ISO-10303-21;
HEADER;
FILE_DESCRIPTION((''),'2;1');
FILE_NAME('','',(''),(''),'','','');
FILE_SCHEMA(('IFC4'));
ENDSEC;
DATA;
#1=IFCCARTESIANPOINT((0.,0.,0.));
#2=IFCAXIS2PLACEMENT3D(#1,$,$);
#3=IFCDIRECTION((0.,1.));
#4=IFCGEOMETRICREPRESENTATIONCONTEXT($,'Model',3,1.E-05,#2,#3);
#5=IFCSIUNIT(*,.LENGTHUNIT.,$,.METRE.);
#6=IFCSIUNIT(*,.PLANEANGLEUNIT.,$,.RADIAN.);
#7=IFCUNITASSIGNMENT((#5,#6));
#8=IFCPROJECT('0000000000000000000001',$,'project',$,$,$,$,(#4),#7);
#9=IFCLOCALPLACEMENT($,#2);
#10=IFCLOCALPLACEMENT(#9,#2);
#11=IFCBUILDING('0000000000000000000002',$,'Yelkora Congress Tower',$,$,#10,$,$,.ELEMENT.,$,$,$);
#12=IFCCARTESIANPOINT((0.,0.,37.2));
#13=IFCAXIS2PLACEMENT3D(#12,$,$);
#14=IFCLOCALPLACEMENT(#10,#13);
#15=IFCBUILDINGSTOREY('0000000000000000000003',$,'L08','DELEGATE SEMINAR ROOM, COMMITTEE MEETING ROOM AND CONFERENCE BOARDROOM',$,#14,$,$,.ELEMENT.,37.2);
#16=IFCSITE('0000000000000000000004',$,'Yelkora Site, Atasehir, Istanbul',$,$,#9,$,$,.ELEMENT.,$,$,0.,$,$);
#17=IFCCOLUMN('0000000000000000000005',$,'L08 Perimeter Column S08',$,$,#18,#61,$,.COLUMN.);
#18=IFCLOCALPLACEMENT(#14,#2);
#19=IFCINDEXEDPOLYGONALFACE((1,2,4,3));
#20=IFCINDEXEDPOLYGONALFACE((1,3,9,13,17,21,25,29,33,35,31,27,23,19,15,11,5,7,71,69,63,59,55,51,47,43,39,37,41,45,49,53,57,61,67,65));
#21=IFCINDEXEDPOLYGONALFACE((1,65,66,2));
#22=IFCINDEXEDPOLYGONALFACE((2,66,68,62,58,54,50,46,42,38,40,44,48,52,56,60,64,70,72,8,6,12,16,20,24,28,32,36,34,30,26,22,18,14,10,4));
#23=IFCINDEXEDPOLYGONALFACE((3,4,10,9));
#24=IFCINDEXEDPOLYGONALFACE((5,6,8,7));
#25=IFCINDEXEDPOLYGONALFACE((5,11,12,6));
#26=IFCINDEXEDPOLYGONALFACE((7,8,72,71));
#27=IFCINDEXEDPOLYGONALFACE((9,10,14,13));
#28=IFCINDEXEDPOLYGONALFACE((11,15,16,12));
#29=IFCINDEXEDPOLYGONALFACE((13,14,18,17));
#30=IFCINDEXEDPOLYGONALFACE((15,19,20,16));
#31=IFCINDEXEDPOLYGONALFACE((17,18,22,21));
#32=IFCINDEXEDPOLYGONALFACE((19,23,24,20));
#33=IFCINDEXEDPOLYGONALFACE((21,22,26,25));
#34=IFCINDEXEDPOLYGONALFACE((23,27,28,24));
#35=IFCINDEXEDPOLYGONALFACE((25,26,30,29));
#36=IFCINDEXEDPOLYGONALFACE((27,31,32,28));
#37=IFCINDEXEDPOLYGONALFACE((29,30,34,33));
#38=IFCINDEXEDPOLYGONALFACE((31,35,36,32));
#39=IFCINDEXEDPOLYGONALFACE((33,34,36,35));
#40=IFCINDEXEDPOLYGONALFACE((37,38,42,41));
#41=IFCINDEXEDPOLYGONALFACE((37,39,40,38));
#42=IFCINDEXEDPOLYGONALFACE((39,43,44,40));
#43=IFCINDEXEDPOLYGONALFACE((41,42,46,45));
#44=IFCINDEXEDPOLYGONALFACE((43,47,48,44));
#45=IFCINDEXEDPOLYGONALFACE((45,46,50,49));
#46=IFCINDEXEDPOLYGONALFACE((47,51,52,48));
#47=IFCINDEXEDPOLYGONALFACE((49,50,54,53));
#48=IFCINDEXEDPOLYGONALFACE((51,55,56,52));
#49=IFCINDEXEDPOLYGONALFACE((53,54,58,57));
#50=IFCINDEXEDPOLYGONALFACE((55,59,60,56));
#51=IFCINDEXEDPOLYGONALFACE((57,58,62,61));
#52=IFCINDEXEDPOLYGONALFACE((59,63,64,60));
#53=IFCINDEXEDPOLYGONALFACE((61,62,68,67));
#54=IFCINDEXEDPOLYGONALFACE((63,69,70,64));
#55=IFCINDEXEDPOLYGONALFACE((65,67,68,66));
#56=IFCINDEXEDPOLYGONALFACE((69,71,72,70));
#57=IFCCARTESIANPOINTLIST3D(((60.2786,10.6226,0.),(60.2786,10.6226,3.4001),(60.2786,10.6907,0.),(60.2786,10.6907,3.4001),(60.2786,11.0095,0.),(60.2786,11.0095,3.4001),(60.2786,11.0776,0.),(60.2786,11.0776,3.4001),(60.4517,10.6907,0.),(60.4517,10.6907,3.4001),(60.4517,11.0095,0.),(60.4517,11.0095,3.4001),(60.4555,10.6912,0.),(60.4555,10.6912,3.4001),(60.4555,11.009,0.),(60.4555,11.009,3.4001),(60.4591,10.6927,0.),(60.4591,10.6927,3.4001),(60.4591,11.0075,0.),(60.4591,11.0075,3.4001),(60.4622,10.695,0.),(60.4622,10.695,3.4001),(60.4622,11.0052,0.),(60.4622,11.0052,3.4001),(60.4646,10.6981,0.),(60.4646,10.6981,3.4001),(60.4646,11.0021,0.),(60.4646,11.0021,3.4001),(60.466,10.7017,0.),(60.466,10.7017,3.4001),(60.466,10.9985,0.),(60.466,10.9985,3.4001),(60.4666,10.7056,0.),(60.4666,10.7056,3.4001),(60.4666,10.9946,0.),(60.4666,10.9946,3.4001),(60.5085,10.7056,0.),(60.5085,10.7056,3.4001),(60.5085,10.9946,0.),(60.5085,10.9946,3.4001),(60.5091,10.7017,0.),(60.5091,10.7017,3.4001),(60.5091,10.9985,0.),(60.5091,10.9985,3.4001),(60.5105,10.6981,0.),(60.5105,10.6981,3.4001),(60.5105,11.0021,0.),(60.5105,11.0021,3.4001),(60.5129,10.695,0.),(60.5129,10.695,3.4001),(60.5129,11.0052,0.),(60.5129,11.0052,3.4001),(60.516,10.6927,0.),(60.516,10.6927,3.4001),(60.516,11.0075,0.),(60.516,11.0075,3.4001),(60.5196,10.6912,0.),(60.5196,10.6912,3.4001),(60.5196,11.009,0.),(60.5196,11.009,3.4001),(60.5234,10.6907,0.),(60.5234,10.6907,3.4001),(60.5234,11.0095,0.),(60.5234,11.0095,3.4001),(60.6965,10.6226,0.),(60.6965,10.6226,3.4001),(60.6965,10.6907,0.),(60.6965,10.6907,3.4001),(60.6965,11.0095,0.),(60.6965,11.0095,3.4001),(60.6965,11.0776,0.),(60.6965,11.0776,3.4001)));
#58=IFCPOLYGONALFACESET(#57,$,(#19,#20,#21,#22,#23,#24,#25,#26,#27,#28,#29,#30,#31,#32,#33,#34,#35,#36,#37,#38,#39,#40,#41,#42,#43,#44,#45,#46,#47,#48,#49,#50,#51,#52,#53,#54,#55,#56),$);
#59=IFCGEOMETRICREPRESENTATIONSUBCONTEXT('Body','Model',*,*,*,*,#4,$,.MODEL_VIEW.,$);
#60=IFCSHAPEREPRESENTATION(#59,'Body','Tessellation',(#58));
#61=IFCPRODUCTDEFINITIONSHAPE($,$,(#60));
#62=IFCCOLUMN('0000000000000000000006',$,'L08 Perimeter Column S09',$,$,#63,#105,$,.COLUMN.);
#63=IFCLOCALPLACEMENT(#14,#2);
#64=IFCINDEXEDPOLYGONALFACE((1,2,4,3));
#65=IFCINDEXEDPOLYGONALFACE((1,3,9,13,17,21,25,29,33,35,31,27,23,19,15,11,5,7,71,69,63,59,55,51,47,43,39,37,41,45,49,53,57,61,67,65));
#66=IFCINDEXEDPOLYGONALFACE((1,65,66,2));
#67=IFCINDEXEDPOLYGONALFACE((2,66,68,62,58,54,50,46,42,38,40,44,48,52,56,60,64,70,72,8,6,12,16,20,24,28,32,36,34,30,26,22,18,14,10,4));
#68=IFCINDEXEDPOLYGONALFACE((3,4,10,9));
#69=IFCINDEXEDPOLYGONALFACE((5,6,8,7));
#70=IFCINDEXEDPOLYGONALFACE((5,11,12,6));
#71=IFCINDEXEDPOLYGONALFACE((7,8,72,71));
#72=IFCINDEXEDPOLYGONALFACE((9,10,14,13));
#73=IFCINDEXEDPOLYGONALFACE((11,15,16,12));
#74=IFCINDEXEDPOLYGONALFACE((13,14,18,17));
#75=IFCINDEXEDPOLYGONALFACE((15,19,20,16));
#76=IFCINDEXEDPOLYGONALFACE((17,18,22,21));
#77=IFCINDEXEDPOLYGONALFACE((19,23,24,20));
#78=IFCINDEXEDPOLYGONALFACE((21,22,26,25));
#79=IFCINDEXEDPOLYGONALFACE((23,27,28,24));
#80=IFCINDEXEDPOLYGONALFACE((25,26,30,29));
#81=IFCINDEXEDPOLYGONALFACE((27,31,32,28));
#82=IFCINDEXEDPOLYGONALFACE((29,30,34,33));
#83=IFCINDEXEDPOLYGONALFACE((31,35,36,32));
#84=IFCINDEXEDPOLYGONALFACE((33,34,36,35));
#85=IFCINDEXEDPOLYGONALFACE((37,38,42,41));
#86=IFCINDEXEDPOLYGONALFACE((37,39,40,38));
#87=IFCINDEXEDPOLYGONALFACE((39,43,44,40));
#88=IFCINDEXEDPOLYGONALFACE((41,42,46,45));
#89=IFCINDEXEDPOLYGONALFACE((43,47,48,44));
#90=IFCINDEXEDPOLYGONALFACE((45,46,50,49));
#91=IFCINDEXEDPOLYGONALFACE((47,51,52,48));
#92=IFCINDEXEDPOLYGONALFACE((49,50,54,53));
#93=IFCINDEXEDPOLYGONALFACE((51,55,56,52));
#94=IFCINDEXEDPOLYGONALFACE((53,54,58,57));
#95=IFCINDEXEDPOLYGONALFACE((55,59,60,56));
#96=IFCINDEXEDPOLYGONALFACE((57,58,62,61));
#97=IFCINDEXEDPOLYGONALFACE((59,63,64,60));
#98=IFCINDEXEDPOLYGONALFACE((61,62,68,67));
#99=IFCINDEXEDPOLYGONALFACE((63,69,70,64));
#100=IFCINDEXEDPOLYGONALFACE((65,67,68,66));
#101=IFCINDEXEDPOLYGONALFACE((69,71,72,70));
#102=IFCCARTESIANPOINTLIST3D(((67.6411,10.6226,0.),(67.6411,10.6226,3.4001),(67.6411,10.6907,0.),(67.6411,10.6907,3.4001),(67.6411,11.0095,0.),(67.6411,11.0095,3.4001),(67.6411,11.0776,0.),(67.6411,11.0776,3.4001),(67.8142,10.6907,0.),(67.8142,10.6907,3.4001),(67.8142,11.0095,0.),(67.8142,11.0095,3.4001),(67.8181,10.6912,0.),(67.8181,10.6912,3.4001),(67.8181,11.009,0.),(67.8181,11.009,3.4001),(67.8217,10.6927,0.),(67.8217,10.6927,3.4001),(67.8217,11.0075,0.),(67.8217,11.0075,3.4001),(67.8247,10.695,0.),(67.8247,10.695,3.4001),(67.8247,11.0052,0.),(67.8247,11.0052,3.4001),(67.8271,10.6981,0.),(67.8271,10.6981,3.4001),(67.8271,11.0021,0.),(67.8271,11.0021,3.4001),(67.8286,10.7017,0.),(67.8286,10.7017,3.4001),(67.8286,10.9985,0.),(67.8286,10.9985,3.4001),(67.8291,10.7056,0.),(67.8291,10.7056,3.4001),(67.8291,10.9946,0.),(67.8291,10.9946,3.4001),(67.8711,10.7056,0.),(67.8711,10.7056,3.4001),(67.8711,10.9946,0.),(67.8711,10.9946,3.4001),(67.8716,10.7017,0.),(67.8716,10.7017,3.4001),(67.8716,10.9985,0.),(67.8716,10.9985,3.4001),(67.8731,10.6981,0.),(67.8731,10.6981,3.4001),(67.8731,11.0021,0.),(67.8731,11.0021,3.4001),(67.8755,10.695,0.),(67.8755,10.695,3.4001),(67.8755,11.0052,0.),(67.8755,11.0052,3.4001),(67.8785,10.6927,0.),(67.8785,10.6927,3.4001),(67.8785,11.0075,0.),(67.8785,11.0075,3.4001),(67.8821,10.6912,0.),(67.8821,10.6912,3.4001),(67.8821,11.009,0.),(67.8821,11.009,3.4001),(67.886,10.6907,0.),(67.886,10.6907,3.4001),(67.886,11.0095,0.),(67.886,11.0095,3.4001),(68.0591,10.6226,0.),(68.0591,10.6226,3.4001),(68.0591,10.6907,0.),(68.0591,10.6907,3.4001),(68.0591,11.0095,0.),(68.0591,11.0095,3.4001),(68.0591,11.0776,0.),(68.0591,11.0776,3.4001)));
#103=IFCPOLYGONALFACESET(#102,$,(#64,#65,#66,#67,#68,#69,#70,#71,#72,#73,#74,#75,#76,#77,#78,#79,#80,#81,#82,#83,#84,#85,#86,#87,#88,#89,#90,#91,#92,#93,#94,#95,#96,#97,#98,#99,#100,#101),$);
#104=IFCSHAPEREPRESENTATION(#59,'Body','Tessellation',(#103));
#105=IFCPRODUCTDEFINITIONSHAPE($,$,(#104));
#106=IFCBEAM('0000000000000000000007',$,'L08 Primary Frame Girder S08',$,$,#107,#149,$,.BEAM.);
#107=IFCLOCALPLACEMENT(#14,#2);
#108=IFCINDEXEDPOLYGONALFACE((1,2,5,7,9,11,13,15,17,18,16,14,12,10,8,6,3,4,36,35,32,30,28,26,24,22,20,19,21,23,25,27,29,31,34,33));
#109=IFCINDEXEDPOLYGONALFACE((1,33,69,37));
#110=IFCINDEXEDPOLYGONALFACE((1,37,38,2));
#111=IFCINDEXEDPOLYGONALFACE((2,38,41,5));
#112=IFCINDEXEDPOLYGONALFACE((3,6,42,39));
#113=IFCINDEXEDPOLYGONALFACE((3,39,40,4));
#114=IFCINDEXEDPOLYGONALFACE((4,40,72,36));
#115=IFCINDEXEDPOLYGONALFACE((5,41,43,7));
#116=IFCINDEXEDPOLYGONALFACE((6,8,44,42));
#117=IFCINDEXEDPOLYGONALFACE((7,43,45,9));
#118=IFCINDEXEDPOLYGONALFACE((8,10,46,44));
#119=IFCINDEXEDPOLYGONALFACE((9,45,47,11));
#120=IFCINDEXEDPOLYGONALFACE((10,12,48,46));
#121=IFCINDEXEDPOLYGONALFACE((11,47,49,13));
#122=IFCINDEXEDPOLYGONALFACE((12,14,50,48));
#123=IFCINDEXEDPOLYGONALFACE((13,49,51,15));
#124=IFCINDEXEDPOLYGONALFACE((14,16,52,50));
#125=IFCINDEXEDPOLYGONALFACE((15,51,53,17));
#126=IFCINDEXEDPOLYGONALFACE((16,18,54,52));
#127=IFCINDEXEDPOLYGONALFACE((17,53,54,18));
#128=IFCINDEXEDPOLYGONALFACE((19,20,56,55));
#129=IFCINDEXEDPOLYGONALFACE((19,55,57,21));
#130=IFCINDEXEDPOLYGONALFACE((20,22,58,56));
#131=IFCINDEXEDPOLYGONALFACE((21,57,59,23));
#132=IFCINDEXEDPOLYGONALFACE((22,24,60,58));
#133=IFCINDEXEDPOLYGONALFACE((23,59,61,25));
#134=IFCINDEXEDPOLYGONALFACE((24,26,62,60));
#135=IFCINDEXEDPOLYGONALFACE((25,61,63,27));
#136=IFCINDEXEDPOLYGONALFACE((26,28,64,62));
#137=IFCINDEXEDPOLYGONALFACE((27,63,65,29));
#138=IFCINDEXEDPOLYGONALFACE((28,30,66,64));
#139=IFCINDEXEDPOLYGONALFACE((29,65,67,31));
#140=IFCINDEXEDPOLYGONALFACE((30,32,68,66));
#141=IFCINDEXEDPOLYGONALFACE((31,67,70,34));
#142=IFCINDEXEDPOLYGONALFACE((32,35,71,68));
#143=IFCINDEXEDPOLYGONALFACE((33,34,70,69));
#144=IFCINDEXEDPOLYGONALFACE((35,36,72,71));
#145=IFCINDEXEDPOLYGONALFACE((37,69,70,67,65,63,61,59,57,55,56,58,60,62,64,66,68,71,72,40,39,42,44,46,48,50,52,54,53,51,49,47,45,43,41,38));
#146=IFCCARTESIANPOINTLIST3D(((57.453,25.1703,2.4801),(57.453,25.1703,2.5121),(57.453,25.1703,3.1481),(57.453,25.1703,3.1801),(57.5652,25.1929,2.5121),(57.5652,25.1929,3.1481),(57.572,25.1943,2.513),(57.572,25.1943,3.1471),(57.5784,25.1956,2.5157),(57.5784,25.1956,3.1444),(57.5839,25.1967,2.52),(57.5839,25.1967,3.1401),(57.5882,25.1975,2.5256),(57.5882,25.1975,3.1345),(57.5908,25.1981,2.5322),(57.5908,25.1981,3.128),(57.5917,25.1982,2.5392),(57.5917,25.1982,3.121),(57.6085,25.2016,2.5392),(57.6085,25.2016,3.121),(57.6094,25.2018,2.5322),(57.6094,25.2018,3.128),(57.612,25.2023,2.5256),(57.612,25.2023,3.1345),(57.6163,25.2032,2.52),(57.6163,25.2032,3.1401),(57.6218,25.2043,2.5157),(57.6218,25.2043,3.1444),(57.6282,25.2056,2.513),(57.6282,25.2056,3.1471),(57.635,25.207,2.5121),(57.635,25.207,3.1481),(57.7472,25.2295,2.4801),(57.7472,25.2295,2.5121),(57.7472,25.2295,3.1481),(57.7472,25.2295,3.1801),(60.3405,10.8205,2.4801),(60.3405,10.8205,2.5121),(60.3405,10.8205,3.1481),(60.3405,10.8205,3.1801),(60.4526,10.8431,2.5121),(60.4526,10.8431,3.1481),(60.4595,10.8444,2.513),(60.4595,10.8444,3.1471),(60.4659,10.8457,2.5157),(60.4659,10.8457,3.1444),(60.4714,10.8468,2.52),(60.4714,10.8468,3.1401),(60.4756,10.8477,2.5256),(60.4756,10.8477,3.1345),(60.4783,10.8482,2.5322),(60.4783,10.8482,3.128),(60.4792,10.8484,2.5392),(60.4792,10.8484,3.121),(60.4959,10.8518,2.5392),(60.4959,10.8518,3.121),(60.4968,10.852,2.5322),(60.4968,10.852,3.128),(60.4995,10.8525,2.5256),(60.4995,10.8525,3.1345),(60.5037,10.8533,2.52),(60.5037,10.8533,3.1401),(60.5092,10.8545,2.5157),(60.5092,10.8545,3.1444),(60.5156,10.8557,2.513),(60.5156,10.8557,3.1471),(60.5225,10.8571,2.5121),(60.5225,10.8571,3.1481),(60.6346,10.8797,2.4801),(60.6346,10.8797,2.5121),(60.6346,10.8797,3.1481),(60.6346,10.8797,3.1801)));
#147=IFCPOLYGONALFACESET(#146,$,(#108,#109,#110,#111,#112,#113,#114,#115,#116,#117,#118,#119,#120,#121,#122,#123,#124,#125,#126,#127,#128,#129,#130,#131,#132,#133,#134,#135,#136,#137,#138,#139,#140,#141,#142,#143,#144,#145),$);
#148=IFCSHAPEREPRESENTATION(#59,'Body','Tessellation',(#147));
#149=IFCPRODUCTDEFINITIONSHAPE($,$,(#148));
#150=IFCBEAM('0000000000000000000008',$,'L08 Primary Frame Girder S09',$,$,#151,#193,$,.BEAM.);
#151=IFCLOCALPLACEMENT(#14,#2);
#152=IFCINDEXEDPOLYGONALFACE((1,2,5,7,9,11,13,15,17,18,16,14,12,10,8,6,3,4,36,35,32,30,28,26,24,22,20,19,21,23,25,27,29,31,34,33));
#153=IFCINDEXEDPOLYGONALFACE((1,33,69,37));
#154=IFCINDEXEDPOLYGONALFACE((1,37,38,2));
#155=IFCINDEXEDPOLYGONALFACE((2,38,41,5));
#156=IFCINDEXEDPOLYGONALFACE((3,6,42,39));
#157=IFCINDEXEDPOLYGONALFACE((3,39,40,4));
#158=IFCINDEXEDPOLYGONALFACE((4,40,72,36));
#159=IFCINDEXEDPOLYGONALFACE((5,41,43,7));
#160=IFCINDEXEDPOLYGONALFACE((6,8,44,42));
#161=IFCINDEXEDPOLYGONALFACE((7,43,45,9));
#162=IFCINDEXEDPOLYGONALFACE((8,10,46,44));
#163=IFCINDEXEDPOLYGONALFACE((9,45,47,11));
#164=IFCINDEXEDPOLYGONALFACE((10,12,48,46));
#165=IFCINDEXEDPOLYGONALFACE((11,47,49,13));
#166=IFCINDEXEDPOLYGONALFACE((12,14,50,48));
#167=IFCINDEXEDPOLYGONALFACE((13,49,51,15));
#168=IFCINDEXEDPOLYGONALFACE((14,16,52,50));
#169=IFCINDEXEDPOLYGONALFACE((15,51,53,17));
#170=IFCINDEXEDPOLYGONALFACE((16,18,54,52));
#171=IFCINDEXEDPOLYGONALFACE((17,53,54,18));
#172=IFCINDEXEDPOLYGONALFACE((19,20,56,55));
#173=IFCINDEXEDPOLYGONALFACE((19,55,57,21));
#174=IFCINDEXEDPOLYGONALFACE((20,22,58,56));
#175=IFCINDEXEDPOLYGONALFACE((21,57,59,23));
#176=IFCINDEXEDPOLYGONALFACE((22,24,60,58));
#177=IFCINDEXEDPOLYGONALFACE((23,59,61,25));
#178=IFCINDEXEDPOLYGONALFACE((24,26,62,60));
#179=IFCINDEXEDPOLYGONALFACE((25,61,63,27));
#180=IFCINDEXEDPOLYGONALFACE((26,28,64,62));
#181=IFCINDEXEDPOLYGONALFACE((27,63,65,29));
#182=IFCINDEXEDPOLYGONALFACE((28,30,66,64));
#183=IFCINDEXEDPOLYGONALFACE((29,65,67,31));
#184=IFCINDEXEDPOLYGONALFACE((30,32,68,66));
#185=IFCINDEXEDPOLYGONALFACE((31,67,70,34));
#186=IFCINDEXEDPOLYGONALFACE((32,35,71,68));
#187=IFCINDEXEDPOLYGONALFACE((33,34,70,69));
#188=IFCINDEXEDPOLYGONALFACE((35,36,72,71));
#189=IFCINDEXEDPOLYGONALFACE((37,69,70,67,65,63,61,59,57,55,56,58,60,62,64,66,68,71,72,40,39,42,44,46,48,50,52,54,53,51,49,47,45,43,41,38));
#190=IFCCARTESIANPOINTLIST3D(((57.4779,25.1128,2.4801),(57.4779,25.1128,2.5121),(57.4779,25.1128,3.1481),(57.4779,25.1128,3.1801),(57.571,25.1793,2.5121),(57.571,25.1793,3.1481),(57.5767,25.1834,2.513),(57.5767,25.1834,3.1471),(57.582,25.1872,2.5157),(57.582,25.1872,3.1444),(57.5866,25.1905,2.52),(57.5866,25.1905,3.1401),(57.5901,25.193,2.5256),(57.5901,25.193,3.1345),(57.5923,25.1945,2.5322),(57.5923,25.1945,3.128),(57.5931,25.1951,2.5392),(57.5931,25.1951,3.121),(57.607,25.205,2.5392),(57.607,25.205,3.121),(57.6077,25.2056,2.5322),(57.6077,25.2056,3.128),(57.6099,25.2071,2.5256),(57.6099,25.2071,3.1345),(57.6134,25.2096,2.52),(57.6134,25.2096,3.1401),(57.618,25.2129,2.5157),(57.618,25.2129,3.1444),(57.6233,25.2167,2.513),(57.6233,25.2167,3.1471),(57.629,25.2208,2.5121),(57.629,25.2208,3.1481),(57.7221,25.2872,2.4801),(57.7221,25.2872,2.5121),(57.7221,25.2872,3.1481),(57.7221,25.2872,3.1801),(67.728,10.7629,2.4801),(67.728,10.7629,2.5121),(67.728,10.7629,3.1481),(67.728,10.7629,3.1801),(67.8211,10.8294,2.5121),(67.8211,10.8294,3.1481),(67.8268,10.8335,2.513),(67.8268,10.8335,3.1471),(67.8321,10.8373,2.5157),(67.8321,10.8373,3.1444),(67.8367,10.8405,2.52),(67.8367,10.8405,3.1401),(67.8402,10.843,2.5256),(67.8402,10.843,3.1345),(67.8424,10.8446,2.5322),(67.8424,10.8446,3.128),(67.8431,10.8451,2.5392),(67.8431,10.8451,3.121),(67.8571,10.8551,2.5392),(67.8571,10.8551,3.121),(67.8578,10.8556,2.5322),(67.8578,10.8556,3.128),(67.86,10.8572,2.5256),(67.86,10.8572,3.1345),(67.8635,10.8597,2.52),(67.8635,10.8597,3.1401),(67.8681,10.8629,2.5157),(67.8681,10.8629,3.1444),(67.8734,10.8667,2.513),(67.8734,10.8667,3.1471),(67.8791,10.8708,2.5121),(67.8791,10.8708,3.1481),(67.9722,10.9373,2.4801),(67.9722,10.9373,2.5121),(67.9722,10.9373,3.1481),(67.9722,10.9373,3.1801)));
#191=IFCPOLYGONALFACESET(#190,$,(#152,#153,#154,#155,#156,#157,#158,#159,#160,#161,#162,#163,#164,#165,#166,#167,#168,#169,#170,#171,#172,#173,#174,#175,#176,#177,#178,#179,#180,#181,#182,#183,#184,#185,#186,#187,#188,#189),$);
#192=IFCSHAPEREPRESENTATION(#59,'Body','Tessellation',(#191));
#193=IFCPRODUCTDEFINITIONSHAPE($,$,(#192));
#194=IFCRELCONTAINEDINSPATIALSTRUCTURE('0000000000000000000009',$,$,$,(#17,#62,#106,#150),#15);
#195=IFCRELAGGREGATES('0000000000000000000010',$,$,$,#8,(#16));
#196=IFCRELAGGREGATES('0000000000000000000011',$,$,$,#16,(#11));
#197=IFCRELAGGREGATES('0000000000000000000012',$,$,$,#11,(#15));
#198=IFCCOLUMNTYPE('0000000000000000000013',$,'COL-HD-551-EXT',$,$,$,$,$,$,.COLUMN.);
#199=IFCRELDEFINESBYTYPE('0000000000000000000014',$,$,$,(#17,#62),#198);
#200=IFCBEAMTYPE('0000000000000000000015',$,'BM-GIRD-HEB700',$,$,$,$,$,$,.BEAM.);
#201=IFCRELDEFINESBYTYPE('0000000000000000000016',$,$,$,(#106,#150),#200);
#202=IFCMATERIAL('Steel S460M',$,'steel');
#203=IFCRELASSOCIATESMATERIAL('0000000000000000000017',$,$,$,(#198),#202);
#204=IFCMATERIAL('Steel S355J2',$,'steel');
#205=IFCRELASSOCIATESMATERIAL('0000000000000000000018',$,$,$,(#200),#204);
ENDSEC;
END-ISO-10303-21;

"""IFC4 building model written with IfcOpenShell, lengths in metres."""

from ifc_helpers import new_model, si_unit, direction, frame, origin, origin_2d, place, context, subcontext, project, spatial, i_section, extrude, material, material_profile, profile_set, type_object, element, save


model = new_model("IFC4")

# Units and contexts
model_context = context("Model", 3, precision=1e-05, world=origin(), true_north=direction((0.0, 1.0)))
body_context = subcontext(model_context, "Body", "Model", "MODEL_VIEW")
ifc_project = project(units=[si_unit("LENGTHUNIT", "METRE"), si_unit("PLANEANGLEUNIT", "RADIAN")], contexts=[model_context])

# Site, building, storey
site_placement = place(None, origin())
site = spatial("IfcSite", under=ifc_project, at=site_placement, Name="Yelkora Site, Atasehir, Istanbul", CompositionType="ELEMENT", RefElevation=0.0)
building_placement = place(site_placement, origin())
building = spatial("IfcBuilding", under=site, at=building_placement, Name="Yelkora Congress Tower", CompositionType="ELEMENT")
storey_placement = place(building_placement, frame((0.0, 0.0, 37.2)))
storey = spatial("IfcBuildingStorey", under=building, at=storey_placement, Name="L08", Description="DELEGATE SEMINAR ROOM, COMMITTEE MEETING ROOM AND CONFERENCE BOARDROOM", CompositionType="ELEMENT", Elevation=37.2)

# Columns
ifc_material_1 = material(Name="Steel S460M", Category="steel")
ifc_material_profile_1 = material_profile(ifc_material_1, i_section(OverallWidth=0.418, OverallDepth=0.4551, WebThickness=0.042, FlangeThickness=0.0681, FilletRadius=0.0149, at=origin_2d()), Name="HD 400x551")
ifc_profile_set_1 = profile_set([ifc_material_profile_1], Name="Steel S460M")
column_type = type_object("IfcColumnType", Name="COL-HD-551-EXT", PredefinedType="COLUMN", material=ifc_profile_set_1)
for number, where, z_axis, x_axis, name in (
    (1, (60.4875, 10.8501, 0.0), (0.0, 0.0, 1.0), (1.0, 0.0, 0.0), "L08 Perimeter Column S08"),
    (2, (67.8501, 10.8501, 0.0), (0.0, 0.0, 1.0), (1.0, 0.0, 0.0), "L08 Perimeter Column S09"),
):
    element("IfcColumn", number, at=place(storey_placement, frame(where, z_axis=z_axis, x_axis=x_axis)), inside=storey, type_object=column_type, Name=name, PredefinedType="COLUMN", context=body_context, shape_type="SweptSolid", body=[
        extrude(i_section(OverallWidth=0.418, OverallDepth=0.4551, WebThickness=0.042, FlangeThickness=0.0681, FilletRadius=0.0149, at=origin_2d()), origin(), (0.0, 0.0, 1.0), 3.4001),
    ])

# Beams
ifc_material_2 = material(Name="Steel S355J2", Category="steel")
ifc_material_profile_2 = material_profile(ifc_material_2, i_section(OverallWidth=0.3, OverallDepth=0.7, WebThickness=0.0171, FlangeThickness=0.032, FilletRadius=0.0271, at=origin_2d()), Name="HEB 700")
ifc_profile_set_2 = profile_set([ifc_material_profile_2], Name="Steel S355J2")
beam_type_1 = type_object("IfcBeamType", Name="BM-GIRD-HEB700", PredefinedType="BEAM", material=ifc_profile_set_2)
beam_1_placement = place(storey_placement, frame((60.4875, 10.8501, 2.8301), z_axis=(-0.197264, 0.98035, 0.0), x_axis=(-0.98035, -0.197264, 0.0)))
element("IfcBeam", 3, at=beam_1_placement, inside=storey, type_object=beam_type_1, Name="L08 Primary Frame Girder S08", PredefinedType="BEAM", context=body_context, shape_type="SweptSolid", body=[
    extrude(i_section(OverallWidth=0.3, OverallDepth=0.7, WebThickness=0.0171, FlangeThickness=0.032, FilletRadius=0.0271, at=origin_2d()), origin(), (0.0, 0.0, 1.0), 14.6375),
])
beam_2_placement = place(storey_placement, frame((67.8501, 10.8501, 2.8301), z_axis=(-0.581242, 0.813731, 0.0), x_axis=(-0.813731, -0.581242, 0.0)))
element("IfcBeam", 4, at=beam_2_placement, inside=storey, type_object=beam_type_1, Name="L08 Primary Frame Girder S09", PredefinedType="BEAM", context=body_context, shape_type="SweptSolid", body=[
    extrude(i_section(OverallWidth=0.3, OverallDepth=0.7, WebThickness=0.0171, FlangeThickness=0.032, FilletRadius=0.0271, at=origin_2d()), origin(), (0.0, 0.0, 1.0), 17.6348),
])

save(model, "model.ifc")
